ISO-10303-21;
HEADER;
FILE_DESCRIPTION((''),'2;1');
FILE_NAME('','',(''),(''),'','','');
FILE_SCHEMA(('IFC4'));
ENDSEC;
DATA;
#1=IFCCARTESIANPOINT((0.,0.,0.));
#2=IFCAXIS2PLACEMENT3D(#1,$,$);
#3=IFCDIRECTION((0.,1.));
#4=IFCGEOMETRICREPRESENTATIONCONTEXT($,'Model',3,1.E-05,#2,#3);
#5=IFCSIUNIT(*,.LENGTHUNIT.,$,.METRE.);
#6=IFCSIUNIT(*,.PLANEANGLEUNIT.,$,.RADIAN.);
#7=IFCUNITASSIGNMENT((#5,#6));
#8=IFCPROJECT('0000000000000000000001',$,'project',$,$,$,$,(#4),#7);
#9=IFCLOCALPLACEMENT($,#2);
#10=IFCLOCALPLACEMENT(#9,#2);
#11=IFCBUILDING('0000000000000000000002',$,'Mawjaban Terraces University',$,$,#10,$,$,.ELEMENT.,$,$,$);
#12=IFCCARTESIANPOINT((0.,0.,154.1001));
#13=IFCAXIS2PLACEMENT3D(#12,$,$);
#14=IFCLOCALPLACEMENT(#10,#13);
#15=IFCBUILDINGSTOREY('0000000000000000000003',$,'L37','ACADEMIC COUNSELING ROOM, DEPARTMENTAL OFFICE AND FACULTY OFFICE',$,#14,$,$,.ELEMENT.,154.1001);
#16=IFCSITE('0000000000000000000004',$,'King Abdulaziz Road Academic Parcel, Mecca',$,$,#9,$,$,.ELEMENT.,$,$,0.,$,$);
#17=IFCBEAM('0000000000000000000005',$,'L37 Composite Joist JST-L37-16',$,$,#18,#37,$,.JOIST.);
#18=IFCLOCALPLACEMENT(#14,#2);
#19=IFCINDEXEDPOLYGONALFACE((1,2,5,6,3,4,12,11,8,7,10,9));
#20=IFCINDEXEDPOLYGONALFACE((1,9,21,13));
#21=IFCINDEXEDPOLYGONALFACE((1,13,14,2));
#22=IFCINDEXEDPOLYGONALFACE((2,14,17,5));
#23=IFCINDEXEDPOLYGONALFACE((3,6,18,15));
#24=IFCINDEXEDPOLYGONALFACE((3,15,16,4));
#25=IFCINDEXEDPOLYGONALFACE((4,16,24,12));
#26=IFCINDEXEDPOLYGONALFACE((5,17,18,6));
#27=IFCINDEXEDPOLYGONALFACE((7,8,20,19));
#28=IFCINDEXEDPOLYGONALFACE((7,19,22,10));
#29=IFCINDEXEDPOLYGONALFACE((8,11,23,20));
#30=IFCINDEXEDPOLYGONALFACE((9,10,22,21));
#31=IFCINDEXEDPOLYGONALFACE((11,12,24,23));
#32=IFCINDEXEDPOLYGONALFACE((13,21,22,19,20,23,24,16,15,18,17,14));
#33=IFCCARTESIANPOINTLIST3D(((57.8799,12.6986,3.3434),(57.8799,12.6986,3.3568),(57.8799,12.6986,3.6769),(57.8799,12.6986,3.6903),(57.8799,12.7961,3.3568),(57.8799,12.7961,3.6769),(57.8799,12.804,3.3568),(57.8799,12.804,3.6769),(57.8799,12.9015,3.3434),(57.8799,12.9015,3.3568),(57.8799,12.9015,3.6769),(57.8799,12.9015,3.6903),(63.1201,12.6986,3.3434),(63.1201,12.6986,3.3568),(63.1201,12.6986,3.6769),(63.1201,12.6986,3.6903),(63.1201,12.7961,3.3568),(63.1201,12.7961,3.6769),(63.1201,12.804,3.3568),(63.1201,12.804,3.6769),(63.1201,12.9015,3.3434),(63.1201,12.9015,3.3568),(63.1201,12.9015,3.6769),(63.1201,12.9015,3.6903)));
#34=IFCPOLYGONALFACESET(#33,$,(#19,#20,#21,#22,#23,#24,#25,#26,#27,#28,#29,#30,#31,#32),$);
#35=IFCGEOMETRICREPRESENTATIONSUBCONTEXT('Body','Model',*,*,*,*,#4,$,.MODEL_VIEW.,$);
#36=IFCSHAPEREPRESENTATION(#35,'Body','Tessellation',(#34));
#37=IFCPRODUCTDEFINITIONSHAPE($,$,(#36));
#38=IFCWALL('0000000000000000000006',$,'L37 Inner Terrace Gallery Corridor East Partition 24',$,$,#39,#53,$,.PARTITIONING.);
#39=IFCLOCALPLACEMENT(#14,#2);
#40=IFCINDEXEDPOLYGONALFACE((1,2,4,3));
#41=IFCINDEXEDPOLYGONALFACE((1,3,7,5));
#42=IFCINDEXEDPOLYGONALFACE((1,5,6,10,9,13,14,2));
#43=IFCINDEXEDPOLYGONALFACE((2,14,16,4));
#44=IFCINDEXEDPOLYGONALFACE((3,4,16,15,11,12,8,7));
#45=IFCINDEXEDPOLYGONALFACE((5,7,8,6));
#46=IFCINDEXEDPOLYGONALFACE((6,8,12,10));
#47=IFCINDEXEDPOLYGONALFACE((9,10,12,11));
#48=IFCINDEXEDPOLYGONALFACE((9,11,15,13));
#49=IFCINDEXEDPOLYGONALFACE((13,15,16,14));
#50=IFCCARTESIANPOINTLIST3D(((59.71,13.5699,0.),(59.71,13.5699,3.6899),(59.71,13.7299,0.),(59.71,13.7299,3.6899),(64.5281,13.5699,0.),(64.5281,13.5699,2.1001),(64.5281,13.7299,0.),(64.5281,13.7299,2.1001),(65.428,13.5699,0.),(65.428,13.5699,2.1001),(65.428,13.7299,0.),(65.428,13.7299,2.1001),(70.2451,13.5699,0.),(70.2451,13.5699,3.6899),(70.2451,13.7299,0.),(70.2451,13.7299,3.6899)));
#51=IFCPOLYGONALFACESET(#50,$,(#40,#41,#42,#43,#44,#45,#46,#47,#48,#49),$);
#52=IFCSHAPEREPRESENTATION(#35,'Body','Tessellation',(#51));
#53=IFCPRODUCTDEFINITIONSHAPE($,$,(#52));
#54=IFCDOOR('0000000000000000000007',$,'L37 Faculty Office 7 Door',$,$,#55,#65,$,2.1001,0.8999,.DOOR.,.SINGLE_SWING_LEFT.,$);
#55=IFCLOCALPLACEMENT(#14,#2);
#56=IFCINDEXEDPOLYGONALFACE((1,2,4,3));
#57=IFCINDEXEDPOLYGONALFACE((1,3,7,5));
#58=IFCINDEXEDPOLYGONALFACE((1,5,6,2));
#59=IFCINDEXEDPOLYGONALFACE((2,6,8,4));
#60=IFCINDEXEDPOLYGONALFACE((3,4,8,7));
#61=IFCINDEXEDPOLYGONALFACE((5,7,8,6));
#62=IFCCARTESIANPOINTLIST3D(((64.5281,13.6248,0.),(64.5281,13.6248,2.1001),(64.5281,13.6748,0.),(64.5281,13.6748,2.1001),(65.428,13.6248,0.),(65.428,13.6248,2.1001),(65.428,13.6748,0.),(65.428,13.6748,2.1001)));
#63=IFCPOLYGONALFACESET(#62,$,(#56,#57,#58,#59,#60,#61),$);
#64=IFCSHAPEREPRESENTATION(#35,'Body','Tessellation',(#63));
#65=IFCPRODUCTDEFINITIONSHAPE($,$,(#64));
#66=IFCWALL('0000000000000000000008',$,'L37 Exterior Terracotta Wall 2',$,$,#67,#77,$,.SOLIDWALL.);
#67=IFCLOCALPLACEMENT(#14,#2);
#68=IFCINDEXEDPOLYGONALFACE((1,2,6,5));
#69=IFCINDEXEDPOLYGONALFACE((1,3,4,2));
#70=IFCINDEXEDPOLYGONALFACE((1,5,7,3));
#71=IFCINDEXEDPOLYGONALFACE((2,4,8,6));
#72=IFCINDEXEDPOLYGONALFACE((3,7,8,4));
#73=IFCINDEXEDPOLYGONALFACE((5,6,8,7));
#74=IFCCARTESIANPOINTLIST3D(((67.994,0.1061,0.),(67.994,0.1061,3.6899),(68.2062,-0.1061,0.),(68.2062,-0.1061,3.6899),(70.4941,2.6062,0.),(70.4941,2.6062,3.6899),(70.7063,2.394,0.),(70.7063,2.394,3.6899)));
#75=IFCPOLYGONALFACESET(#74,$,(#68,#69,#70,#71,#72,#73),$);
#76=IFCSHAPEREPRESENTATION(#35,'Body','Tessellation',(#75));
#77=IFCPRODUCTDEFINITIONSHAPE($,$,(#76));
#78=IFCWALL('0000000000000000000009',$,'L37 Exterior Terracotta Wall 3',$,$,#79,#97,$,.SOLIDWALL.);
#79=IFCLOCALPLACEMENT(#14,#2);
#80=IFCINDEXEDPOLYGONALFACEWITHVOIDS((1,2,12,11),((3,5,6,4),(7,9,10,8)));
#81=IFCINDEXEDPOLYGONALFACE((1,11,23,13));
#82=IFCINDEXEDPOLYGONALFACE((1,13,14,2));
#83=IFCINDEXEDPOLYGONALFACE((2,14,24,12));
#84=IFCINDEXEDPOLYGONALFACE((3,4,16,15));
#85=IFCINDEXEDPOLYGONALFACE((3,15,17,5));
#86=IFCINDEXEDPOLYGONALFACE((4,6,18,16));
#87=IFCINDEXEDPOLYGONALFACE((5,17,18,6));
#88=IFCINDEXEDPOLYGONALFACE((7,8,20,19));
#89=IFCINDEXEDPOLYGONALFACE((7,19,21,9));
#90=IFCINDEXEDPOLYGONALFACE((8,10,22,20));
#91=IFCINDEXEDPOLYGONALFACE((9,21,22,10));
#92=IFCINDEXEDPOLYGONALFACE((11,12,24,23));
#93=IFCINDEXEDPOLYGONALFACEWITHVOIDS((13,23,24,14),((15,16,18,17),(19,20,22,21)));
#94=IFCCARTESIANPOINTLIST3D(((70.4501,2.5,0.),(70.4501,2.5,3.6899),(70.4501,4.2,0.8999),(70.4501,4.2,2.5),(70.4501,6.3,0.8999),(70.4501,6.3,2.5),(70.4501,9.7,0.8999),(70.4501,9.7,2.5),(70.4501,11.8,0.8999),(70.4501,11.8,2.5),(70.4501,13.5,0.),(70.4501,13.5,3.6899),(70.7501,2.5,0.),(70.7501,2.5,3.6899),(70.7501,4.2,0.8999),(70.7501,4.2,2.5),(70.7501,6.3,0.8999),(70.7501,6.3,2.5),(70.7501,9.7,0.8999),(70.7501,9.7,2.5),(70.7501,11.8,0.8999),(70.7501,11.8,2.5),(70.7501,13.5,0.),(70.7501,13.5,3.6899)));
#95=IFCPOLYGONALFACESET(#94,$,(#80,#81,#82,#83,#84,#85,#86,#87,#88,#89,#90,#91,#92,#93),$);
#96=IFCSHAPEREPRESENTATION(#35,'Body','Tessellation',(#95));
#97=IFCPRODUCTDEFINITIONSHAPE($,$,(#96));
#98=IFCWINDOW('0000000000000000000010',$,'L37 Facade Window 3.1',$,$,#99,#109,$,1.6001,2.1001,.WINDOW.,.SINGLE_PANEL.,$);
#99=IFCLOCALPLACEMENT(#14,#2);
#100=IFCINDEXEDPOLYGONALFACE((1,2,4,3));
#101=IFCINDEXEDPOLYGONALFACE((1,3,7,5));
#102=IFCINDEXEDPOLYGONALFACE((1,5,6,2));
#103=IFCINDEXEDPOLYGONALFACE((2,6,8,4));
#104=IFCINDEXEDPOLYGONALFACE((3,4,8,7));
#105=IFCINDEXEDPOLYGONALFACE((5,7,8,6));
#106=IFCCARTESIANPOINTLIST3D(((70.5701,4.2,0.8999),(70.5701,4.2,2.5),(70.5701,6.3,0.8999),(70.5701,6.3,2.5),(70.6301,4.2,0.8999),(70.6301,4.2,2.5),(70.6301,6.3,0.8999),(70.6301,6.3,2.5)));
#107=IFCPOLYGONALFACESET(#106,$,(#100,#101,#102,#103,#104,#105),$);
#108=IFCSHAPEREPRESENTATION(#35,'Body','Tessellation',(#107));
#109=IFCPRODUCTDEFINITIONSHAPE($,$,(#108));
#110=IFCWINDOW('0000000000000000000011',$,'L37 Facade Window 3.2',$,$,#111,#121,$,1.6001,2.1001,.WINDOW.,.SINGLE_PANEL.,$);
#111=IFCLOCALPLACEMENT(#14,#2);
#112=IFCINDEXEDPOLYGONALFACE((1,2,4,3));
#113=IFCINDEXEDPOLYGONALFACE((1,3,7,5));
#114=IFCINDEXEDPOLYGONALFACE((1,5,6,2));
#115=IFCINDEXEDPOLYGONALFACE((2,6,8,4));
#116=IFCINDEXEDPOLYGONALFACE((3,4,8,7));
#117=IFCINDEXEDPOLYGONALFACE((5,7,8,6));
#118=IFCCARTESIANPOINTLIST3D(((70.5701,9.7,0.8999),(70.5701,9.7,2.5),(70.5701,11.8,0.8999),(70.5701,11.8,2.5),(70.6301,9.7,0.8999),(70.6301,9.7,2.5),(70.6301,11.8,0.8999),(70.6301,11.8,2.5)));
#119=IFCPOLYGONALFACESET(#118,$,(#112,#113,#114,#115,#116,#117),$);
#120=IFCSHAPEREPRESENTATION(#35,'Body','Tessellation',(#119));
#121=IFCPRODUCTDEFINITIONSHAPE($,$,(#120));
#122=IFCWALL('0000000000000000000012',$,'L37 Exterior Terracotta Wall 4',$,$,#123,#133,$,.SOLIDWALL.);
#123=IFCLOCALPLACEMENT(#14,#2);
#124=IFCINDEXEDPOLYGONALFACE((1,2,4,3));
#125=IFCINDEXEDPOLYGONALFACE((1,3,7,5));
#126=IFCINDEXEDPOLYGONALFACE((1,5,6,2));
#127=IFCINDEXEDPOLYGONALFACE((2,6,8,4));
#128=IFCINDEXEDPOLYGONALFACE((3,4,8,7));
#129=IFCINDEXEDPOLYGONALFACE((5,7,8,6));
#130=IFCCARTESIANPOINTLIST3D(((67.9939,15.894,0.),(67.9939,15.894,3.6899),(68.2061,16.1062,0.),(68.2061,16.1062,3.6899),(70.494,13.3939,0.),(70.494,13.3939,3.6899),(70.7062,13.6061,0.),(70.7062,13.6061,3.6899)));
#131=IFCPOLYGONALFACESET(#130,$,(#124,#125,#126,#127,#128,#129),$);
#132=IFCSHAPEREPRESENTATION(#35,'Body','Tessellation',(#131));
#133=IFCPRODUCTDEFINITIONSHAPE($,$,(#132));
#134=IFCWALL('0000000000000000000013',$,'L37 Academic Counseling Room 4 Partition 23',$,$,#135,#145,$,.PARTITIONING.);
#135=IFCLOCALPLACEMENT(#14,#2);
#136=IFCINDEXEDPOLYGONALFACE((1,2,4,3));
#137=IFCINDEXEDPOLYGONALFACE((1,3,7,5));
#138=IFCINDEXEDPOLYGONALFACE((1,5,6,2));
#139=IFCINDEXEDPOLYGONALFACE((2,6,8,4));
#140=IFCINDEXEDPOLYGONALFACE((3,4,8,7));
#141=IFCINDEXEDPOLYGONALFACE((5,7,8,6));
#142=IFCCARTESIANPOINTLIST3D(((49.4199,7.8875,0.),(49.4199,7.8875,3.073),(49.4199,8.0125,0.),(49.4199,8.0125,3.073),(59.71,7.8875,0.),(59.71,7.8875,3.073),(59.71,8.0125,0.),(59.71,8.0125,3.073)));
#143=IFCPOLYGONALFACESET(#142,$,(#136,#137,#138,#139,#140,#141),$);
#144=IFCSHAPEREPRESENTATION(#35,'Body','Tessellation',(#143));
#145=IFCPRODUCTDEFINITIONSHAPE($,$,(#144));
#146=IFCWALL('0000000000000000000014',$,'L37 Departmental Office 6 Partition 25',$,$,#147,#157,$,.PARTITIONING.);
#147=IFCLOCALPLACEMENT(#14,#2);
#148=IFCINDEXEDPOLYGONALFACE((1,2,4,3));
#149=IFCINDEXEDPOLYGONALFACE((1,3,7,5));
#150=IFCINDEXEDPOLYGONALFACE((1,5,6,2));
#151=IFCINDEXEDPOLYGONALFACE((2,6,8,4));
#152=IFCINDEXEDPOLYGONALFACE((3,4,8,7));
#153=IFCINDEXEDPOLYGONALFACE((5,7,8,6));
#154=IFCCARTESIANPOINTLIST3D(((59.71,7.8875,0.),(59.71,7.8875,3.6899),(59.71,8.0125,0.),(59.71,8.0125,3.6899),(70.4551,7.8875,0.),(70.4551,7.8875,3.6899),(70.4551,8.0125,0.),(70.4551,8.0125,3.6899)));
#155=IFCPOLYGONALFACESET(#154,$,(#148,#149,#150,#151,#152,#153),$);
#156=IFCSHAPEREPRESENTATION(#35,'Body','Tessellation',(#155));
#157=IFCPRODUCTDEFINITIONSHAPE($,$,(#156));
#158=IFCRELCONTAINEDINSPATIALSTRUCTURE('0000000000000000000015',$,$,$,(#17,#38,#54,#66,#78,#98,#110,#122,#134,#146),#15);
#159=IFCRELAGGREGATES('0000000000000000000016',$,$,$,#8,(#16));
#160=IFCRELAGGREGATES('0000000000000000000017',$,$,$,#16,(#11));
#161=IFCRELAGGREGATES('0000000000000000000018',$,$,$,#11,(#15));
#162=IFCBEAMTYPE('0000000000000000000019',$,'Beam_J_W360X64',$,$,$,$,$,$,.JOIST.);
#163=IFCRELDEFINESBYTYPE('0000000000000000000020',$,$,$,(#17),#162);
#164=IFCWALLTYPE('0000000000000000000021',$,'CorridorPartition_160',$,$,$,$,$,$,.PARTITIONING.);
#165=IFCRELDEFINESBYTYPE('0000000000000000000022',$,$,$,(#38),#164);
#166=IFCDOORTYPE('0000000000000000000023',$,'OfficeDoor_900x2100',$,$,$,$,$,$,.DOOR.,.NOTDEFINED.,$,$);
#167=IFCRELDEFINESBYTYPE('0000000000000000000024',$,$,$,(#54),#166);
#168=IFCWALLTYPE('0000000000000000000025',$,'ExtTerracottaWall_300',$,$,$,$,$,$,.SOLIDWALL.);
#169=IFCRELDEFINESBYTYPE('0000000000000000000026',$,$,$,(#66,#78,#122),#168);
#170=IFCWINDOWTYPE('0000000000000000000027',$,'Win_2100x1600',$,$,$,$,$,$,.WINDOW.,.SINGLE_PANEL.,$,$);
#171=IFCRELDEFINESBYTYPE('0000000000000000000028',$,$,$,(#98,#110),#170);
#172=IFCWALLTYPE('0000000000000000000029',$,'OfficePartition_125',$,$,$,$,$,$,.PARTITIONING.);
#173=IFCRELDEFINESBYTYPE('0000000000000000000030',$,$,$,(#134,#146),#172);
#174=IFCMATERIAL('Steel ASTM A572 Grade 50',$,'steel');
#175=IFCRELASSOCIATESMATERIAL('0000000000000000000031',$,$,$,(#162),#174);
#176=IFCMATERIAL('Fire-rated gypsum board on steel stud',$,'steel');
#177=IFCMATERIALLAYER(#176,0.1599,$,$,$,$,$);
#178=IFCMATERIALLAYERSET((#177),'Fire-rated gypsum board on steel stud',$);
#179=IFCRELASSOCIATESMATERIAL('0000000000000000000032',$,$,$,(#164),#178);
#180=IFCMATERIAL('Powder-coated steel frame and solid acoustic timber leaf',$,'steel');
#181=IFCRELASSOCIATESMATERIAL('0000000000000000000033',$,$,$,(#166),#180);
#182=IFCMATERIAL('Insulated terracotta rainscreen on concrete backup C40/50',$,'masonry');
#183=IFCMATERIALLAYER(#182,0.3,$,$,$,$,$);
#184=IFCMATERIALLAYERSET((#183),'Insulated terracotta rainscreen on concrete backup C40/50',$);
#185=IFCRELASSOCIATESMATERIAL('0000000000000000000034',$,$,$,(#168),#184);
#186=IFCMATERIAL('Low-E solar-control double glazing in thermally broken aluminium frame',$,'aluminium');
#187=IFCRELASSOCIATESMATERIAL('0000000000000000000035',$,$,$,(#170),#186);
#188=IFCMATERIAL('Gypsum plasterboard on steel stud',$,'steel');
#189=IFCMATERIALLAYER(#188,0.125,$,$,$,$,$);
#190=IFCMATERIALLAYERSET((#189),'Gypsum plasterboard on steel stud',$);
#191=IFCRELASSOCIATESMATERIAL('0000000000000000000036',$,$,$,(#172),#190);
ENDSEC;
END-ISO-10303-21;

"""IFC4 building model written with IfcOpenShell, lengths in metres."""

from ifc_helpers import new_model, si_unit, direction, frame, frame_2d, origin, origin_2d, place, context, subcontext, project, spatial, rectangle, i_section, extrude, material, layer, layer_set, material_profile, profile_set, type_object, element, fill, save


model = new_model("IFC4")

# Units and contexts
model_context = context("Model", 3, precision=1e-05, world=origin(), true_north=direction((0.0, 1.0)))
body_context = subcontext(model_context, "Body", "Model", "MODEL_VIEW")
ifc_project = project(units=[si_unit("LENGTHUNIT", "METRE"), si_unit("PLANEANGLEUNIT", "RADIAN")], contexts=[model_context])

# Site, building, storey
site_placement = place(None, origin())
site = spatial("IfcSite", under=ifc_project, at=site_placement, Name="King Abdulaziz Road Academic Parcel, Mecca", CompositionType="ELEMENT", RefElevation=0.0)
building_placement = place(site_placement, origin())
building = spatial("IfcBuilding", under=site, at=building_placement, Name="Mawjaban Terraces University", CompositionType="ELEMENT")
storey_placement = place(building_placement, frame((0.0, 0.0, 154.1001)))
storey = spatial("IfcBuildingStorey", under=building, at=storey_placement, Name="L37", Description="ACADEMIC COUNSELING ROOM, DEPARTMENTAL OFFICE AND FACULTY OFFICE", CompositionType="ELEMENT", Elevation=154.1001)

# Beam
ifc_material_1 = material(Name="Steel ASTM A572 Grade 50", Category="steel")
ifc_material_profile_1 = material_profile(ifc_material_1, i_section(OverallWidth=0.2029, OverallDepth=0.3469, WebThickness=0.0078, FlangeThickness=0.0134, at=origin_2d()), Name="W360X64")
ifc_profile_set_1 = profile_set([ifc_material_profile_1], Name="Steel ASTM A572 Grade 50")
beam_type_1 = type_object("IfcBeamType", Name="Beam_J_W360X64", PredefinedType="JOIST", material=ifc_profile_set_1)
for number, where, z_axis, x_axis, name in (
    (1, (57.8799, 12.8, 3.5168), (1.0, 0.0, 0.0), (0.0, 1.0, 0.0), "L37 Composite Joist JST-L37-16"),
):
    element("IfcBeam", number, at=place(storey_placement, frame(where, z_axis=z_axis, x_axis=x_axis)), inside=storey, type_object=beam_type_1, Name=name, PredefinedType="JOIST", context=body_context, shape_type="SweptSolid", body=[
        extrude(i_section(OverallWidth=0.2029, OverallDepth=0.3469, WebThickness=0.0078, FlangeThickness=0.0134, at=origin_2d()), origin(), (0.0, 0.0, 1.0), 5.2402),
    ])

# Wall, opening, door
ifc_material_2 = material(Name="Fire-rated gypsum board on steel stud", Category="steel")
ifc_layer_1 = layer(ifc_material_2, 0.1599)
ifc_layer_set_1 = layer_set([ifc_layer_1], Name="Fire-rated gypsum board on steel stud")
wall_type_1 = type_object("IfcWallType", Name="CorridorPartition_160", PredefinedType="PARTITIONING", material=ifc_layer_set_1)
wall_1_placement = place(storey_placement, frame((59.71, 13.6499, 0.0), z_axis=(0.0, 0.0, 1.0), x_axis=(1.0, 0.0, 0.0)))
wall_1 = element("IfcWall", 2, at=wall_1_placement, inside=storey, type_object=wall_type_1, Name="L37 Inner Terrace Gallery Corridor East Partition 24", PredefinedType="PARTITIONING", context=body_context, shape_type="SweptSolid", body=[
    extrude(rectangle(XDim=10.5352, YDim=0.1599, at=frame_2d((5.2676, 0.0))), origin(), (0.0, 0.0, 1.0), 3.6899),
])
opening_1_placement = place(wall_1_placement, frame((4.8181, 0.0, 0.0)))
opening_1 = element("IfcOpeningElement", 3, at=opening_1_placement, cuts=wall_1, PredefinedType="OPENING", context=body_context, shape_type="SweptSolid", body=[
    extrude(rectangle(XDim=0.8999, YDim=2.1001, at=frame_2d((0.45, 1.05))), frame((0.0, 0.0898, 0.0), z_axis=(0.0, -1.0, 0.0), x_axis=(1.0, 0.0, 0.0)), (0.0, 0.0, 1.0), 0.1799),
])
ifc_material_3 = material(Name="Powder-coated steel frame and solid acoustic timber leaf", Category="steel")
door_type = type_object("IfcDoorType", Name="OfficeDoor_900x2100", OperationType="NOTDEFINED", PredefinedType="DOOR", material=ifc_material_3)
door_1_placement = place(opening_1_placement, origin())
door_1 = element("IfcDoor", 4, at=door_1_placement, inside=storey, type_object=door_type, Name="L37 Faculty Office 7 Door", OperationType="SINGLE_SWING_LEFT", OverallHeight=2.1001, OverallWidth=0.8999, PredefinedType="DOOR", context=body_context, shape_type="SweptSolid", body=[
    extrude(rectangle(XDim=0.8999, YDim=2.1001, at=frame_2d((0.45, 1.05))), frame((0.0, 0.0249, 0.0), z_axis=(0.0, -1.0, 0.0), x_axis=(1.0, 0.0, 0.0)), (0.0, 0.0, 1.0), 0.05),
])
fill(opening_1, door_1)

# Wall
ifc_material_4 = material(Name="Insulated terracotta rainscreen on concrete backup C40/50", Category="masonry")
ifc_layer_2 = layer(ifc_material_4, 0.3)
ifc_layer_set_2 = layer_set([ifc_layer_2], Name="Insulated terracotta rainscreen on concrete backup C40/50")
wall_type_2 = type_object("IfcWallType", Name="ExtTerracottaWall_300", PredefinedType="SOLIDWALL", material=ifc_layer_set_2)
wall_2_placement = place(storey_placement, frame((68.1001, 0.0, 0.0), z_axis=(0.0, 0.0, 1.0), x_axis=(0.707107, 0.707107, 0.0)))
element("IfcWall", 5, at=wall_2_placement, inside=storey, type_object=wall_type_2, Name="L37 Exterior Terracotta Wall 2", PredefinedType="SOLIDWALL", context=body_context, shape_type="SweptSolid", body=[
    extrude(rectangle(XDim=3.5356, YDim=0.3, at=frame_2d((1.7678, 0.0))), origin(), (0.0, 0.0, 1.0), 3.6899),
])

# Wall, openings, windows
wall_3_placement = place(storey_placement, frame((70.6001, 2.5, 0.0), z_axis=(0.0, 0.0, 1.0), x_axis=(0.0, 1.0, 0.0)))
wall_3 = element("IfcWall", 6, at=wall_3_placement, inside=storey, type_object=wall_type_2, Name="L37 Exterior Terracotta Wall 3", PredefinedType="SOLIDWALL", context=body_context, shape_type="SweptSolid", body=[
    extrude(rectangle(XDim=11.0, YDim=0.3, at=frame_2d((5.5, 0.0))), origin(), (0.0, 0.0, 1.0), 3.6899),
])
opening_2_placement = place(wall_3_placement, frame((1.7, 0.0, 0.8999)))
opening_2 = element("IfcOpeningElement", 7, at=opening_2_placement, cuts=wall_3, PredefinedType="OPENING", context=body_context, shape_type="SweptSolid", body=[
    extrude(rectangle(XDim=2.1001, YDim=1.6001, at=frame_2d((1.05, 0.8))), frame((0.0, 0.1599, 0.0), z_axis=(0.0, -1.0, 0.0), x_axis=(1.0, 0.0, 0.0)), (0.0, 0.0, 1.0), 0.3201),
])
opening_3_placement = place(wall_3_placement, frame((7.2, 0.0, 0.8999)))
opening_3 = element("IfcOpeningElement", 8, at=opening_3_placement, cuts=wall_3, PredefinedType="OPENING", context=body_context, shape_type="SweptSolid", body=[
    extrude(rectangle(XDim=2.1001, YDim=1.6001, at=frame_2d((1.05, 0.8))), frame((0.0, 0.1599, 0.0), z_axis=(0.0, -1.0, 0.0), x_axis=(1.0, 0.0, 0.0)), (0.0, 0.0, 1.0), 0.3201),
])
ifc_material_5 = material(Name="Low-E solar-control double glazing in thermally broken aluminium frame", Category="aluminium")
window_type = type_object("IfcWindowType", Name="Win_2100x1600", PartitioningType="SINGLE_PANEL", PredefinedType="WINDOW", material=ifc_material_5)
window_1_placement = place(opening_2_placement, origin())
window_1 = element("IfcWindow", 9, at=window_1_placement, inside=storey, type_object=window_type, Name="L37 Facade Window 3.1", OverallHeight=1.6001, OverallWidth=2.1001, PartitioningType="SINGLE_PANEL", PredefinedType="WINDOW", context=body_context, shape_type="SweptSolid", body=[
    extrude(rectangle(XDim=2.1001, YDim=1.6001, at=frame_2d((1.05, 0.8))), frame((0.0, 0.03, 0.0), z_axis=(0.0, -1.0, 0.0), x_axis=(1.0, 0.0, 0.0)), (0.0, 0.0, 1.0), 0.0601),
])
fill(opening_2, window_1)
window_2_placement = place(opening_3_placement, origin())
window_2 = element("IfcWindow", 10, at=window_2_placement, inside=storey, type_object=window_type, Name="L37 Facade Window 3.2", OverallHeight=1.6001, OverallWidth=2.1001, PartitioningType="SINGLE_PANEL", PredefinedType="WINDOW", context=body_context, shape_type="SweptSolid", body=[
    extrude(rectangle(XDim=2.1001, YDim=1.6001, at=frame_2d((1.05, 0.8))), frame((0.0, 0.03, 0.0), z_axis=(0.0, -1.0, 0.0), x_axis=(1.0, 0.0, 0.0)), (0.0, 0.0, 1.0), 0.0601),
])
fill(opening_3, window_2)

# Walls
wall_4_placement = place(storey_placement, frame((70.6001, 13.5, 0.0), z_axis=(0.0, 0.0, 1.0), x_axis=(-0.707107, 0.707107, 0.0)))
element("IfcWall", 11, at=wall_4_placement, inside=storey, type_object=wall_type_2, Name="L37 Exterior Terracotta Wall 4", PredefinedType="SOLIDWALL", context=body_context, shape_type="SweptSolid", body=[
    extrude(rectangle(XDim=3.5356, YDim=0.3, at=frame_2d((1.7678, 0.0))), origin(), (0.0, 0.0, 1.0), 3.6899),
])
ifc_material_6 = material(Name="Gypsum plasterboard on steel stud", Category="steel")
ifc_layer_3 = layer(ifc_material_6, 0.125)
ifc_layer_set_3 = layer_set([ifc_layer_3], Name="Gypsum plasterboard on steel stud")
wall_type_3 = type_object("IfcWallType", Name="OfficePartition_125", PredefinedType="PARTITIONING", material=ifc_layer_set_3)
wall_5_placement = place(storey_placement, frame((59.71, 7.95, 0.0), z_axis=(0.0, 0.0, 1.0), x_axis=(-1.0, 0.0, 0.0)))
element("IfcWall", 12, at=wall_5_placement, inside=storey, type_object=wall_type_3, Name="L37 Academic Counseling Room 4 Partition 23", PredefinedType="PARTITIONING", context=body_context, shape_type="SweptSolid", body=[
    extrude(rectangle(XDim=10.29, YDim=0.125, at=frame_2d((5.145, 0.0))), origin(), (0.0, 0.0, 1.0), 3.073),
])
wall_6_placement = place(storey_placement, frame((70.4551, 7.95, 0.0), z_axis=(0.0, 0.0, 1.0), x_axis=(-1.0, 0.0, 0.0)))
element("IfcWall", 13, at=wall_6_placement, inside=storey, type_object=wall_type_3, Name="L37 Departmental Office 6 Partition 25", PredefinedType="PARTITIONING", context=body_context, shape_type="SweptSolid", body=[
    extrude(rectangle(XDim=10.7451, YDim=0.125, at=frame_2d((5.3726, 0.0))), origin(), (0.0, 0.0, 1.0), 3.6899),
])

save(model, "model.ifc")
